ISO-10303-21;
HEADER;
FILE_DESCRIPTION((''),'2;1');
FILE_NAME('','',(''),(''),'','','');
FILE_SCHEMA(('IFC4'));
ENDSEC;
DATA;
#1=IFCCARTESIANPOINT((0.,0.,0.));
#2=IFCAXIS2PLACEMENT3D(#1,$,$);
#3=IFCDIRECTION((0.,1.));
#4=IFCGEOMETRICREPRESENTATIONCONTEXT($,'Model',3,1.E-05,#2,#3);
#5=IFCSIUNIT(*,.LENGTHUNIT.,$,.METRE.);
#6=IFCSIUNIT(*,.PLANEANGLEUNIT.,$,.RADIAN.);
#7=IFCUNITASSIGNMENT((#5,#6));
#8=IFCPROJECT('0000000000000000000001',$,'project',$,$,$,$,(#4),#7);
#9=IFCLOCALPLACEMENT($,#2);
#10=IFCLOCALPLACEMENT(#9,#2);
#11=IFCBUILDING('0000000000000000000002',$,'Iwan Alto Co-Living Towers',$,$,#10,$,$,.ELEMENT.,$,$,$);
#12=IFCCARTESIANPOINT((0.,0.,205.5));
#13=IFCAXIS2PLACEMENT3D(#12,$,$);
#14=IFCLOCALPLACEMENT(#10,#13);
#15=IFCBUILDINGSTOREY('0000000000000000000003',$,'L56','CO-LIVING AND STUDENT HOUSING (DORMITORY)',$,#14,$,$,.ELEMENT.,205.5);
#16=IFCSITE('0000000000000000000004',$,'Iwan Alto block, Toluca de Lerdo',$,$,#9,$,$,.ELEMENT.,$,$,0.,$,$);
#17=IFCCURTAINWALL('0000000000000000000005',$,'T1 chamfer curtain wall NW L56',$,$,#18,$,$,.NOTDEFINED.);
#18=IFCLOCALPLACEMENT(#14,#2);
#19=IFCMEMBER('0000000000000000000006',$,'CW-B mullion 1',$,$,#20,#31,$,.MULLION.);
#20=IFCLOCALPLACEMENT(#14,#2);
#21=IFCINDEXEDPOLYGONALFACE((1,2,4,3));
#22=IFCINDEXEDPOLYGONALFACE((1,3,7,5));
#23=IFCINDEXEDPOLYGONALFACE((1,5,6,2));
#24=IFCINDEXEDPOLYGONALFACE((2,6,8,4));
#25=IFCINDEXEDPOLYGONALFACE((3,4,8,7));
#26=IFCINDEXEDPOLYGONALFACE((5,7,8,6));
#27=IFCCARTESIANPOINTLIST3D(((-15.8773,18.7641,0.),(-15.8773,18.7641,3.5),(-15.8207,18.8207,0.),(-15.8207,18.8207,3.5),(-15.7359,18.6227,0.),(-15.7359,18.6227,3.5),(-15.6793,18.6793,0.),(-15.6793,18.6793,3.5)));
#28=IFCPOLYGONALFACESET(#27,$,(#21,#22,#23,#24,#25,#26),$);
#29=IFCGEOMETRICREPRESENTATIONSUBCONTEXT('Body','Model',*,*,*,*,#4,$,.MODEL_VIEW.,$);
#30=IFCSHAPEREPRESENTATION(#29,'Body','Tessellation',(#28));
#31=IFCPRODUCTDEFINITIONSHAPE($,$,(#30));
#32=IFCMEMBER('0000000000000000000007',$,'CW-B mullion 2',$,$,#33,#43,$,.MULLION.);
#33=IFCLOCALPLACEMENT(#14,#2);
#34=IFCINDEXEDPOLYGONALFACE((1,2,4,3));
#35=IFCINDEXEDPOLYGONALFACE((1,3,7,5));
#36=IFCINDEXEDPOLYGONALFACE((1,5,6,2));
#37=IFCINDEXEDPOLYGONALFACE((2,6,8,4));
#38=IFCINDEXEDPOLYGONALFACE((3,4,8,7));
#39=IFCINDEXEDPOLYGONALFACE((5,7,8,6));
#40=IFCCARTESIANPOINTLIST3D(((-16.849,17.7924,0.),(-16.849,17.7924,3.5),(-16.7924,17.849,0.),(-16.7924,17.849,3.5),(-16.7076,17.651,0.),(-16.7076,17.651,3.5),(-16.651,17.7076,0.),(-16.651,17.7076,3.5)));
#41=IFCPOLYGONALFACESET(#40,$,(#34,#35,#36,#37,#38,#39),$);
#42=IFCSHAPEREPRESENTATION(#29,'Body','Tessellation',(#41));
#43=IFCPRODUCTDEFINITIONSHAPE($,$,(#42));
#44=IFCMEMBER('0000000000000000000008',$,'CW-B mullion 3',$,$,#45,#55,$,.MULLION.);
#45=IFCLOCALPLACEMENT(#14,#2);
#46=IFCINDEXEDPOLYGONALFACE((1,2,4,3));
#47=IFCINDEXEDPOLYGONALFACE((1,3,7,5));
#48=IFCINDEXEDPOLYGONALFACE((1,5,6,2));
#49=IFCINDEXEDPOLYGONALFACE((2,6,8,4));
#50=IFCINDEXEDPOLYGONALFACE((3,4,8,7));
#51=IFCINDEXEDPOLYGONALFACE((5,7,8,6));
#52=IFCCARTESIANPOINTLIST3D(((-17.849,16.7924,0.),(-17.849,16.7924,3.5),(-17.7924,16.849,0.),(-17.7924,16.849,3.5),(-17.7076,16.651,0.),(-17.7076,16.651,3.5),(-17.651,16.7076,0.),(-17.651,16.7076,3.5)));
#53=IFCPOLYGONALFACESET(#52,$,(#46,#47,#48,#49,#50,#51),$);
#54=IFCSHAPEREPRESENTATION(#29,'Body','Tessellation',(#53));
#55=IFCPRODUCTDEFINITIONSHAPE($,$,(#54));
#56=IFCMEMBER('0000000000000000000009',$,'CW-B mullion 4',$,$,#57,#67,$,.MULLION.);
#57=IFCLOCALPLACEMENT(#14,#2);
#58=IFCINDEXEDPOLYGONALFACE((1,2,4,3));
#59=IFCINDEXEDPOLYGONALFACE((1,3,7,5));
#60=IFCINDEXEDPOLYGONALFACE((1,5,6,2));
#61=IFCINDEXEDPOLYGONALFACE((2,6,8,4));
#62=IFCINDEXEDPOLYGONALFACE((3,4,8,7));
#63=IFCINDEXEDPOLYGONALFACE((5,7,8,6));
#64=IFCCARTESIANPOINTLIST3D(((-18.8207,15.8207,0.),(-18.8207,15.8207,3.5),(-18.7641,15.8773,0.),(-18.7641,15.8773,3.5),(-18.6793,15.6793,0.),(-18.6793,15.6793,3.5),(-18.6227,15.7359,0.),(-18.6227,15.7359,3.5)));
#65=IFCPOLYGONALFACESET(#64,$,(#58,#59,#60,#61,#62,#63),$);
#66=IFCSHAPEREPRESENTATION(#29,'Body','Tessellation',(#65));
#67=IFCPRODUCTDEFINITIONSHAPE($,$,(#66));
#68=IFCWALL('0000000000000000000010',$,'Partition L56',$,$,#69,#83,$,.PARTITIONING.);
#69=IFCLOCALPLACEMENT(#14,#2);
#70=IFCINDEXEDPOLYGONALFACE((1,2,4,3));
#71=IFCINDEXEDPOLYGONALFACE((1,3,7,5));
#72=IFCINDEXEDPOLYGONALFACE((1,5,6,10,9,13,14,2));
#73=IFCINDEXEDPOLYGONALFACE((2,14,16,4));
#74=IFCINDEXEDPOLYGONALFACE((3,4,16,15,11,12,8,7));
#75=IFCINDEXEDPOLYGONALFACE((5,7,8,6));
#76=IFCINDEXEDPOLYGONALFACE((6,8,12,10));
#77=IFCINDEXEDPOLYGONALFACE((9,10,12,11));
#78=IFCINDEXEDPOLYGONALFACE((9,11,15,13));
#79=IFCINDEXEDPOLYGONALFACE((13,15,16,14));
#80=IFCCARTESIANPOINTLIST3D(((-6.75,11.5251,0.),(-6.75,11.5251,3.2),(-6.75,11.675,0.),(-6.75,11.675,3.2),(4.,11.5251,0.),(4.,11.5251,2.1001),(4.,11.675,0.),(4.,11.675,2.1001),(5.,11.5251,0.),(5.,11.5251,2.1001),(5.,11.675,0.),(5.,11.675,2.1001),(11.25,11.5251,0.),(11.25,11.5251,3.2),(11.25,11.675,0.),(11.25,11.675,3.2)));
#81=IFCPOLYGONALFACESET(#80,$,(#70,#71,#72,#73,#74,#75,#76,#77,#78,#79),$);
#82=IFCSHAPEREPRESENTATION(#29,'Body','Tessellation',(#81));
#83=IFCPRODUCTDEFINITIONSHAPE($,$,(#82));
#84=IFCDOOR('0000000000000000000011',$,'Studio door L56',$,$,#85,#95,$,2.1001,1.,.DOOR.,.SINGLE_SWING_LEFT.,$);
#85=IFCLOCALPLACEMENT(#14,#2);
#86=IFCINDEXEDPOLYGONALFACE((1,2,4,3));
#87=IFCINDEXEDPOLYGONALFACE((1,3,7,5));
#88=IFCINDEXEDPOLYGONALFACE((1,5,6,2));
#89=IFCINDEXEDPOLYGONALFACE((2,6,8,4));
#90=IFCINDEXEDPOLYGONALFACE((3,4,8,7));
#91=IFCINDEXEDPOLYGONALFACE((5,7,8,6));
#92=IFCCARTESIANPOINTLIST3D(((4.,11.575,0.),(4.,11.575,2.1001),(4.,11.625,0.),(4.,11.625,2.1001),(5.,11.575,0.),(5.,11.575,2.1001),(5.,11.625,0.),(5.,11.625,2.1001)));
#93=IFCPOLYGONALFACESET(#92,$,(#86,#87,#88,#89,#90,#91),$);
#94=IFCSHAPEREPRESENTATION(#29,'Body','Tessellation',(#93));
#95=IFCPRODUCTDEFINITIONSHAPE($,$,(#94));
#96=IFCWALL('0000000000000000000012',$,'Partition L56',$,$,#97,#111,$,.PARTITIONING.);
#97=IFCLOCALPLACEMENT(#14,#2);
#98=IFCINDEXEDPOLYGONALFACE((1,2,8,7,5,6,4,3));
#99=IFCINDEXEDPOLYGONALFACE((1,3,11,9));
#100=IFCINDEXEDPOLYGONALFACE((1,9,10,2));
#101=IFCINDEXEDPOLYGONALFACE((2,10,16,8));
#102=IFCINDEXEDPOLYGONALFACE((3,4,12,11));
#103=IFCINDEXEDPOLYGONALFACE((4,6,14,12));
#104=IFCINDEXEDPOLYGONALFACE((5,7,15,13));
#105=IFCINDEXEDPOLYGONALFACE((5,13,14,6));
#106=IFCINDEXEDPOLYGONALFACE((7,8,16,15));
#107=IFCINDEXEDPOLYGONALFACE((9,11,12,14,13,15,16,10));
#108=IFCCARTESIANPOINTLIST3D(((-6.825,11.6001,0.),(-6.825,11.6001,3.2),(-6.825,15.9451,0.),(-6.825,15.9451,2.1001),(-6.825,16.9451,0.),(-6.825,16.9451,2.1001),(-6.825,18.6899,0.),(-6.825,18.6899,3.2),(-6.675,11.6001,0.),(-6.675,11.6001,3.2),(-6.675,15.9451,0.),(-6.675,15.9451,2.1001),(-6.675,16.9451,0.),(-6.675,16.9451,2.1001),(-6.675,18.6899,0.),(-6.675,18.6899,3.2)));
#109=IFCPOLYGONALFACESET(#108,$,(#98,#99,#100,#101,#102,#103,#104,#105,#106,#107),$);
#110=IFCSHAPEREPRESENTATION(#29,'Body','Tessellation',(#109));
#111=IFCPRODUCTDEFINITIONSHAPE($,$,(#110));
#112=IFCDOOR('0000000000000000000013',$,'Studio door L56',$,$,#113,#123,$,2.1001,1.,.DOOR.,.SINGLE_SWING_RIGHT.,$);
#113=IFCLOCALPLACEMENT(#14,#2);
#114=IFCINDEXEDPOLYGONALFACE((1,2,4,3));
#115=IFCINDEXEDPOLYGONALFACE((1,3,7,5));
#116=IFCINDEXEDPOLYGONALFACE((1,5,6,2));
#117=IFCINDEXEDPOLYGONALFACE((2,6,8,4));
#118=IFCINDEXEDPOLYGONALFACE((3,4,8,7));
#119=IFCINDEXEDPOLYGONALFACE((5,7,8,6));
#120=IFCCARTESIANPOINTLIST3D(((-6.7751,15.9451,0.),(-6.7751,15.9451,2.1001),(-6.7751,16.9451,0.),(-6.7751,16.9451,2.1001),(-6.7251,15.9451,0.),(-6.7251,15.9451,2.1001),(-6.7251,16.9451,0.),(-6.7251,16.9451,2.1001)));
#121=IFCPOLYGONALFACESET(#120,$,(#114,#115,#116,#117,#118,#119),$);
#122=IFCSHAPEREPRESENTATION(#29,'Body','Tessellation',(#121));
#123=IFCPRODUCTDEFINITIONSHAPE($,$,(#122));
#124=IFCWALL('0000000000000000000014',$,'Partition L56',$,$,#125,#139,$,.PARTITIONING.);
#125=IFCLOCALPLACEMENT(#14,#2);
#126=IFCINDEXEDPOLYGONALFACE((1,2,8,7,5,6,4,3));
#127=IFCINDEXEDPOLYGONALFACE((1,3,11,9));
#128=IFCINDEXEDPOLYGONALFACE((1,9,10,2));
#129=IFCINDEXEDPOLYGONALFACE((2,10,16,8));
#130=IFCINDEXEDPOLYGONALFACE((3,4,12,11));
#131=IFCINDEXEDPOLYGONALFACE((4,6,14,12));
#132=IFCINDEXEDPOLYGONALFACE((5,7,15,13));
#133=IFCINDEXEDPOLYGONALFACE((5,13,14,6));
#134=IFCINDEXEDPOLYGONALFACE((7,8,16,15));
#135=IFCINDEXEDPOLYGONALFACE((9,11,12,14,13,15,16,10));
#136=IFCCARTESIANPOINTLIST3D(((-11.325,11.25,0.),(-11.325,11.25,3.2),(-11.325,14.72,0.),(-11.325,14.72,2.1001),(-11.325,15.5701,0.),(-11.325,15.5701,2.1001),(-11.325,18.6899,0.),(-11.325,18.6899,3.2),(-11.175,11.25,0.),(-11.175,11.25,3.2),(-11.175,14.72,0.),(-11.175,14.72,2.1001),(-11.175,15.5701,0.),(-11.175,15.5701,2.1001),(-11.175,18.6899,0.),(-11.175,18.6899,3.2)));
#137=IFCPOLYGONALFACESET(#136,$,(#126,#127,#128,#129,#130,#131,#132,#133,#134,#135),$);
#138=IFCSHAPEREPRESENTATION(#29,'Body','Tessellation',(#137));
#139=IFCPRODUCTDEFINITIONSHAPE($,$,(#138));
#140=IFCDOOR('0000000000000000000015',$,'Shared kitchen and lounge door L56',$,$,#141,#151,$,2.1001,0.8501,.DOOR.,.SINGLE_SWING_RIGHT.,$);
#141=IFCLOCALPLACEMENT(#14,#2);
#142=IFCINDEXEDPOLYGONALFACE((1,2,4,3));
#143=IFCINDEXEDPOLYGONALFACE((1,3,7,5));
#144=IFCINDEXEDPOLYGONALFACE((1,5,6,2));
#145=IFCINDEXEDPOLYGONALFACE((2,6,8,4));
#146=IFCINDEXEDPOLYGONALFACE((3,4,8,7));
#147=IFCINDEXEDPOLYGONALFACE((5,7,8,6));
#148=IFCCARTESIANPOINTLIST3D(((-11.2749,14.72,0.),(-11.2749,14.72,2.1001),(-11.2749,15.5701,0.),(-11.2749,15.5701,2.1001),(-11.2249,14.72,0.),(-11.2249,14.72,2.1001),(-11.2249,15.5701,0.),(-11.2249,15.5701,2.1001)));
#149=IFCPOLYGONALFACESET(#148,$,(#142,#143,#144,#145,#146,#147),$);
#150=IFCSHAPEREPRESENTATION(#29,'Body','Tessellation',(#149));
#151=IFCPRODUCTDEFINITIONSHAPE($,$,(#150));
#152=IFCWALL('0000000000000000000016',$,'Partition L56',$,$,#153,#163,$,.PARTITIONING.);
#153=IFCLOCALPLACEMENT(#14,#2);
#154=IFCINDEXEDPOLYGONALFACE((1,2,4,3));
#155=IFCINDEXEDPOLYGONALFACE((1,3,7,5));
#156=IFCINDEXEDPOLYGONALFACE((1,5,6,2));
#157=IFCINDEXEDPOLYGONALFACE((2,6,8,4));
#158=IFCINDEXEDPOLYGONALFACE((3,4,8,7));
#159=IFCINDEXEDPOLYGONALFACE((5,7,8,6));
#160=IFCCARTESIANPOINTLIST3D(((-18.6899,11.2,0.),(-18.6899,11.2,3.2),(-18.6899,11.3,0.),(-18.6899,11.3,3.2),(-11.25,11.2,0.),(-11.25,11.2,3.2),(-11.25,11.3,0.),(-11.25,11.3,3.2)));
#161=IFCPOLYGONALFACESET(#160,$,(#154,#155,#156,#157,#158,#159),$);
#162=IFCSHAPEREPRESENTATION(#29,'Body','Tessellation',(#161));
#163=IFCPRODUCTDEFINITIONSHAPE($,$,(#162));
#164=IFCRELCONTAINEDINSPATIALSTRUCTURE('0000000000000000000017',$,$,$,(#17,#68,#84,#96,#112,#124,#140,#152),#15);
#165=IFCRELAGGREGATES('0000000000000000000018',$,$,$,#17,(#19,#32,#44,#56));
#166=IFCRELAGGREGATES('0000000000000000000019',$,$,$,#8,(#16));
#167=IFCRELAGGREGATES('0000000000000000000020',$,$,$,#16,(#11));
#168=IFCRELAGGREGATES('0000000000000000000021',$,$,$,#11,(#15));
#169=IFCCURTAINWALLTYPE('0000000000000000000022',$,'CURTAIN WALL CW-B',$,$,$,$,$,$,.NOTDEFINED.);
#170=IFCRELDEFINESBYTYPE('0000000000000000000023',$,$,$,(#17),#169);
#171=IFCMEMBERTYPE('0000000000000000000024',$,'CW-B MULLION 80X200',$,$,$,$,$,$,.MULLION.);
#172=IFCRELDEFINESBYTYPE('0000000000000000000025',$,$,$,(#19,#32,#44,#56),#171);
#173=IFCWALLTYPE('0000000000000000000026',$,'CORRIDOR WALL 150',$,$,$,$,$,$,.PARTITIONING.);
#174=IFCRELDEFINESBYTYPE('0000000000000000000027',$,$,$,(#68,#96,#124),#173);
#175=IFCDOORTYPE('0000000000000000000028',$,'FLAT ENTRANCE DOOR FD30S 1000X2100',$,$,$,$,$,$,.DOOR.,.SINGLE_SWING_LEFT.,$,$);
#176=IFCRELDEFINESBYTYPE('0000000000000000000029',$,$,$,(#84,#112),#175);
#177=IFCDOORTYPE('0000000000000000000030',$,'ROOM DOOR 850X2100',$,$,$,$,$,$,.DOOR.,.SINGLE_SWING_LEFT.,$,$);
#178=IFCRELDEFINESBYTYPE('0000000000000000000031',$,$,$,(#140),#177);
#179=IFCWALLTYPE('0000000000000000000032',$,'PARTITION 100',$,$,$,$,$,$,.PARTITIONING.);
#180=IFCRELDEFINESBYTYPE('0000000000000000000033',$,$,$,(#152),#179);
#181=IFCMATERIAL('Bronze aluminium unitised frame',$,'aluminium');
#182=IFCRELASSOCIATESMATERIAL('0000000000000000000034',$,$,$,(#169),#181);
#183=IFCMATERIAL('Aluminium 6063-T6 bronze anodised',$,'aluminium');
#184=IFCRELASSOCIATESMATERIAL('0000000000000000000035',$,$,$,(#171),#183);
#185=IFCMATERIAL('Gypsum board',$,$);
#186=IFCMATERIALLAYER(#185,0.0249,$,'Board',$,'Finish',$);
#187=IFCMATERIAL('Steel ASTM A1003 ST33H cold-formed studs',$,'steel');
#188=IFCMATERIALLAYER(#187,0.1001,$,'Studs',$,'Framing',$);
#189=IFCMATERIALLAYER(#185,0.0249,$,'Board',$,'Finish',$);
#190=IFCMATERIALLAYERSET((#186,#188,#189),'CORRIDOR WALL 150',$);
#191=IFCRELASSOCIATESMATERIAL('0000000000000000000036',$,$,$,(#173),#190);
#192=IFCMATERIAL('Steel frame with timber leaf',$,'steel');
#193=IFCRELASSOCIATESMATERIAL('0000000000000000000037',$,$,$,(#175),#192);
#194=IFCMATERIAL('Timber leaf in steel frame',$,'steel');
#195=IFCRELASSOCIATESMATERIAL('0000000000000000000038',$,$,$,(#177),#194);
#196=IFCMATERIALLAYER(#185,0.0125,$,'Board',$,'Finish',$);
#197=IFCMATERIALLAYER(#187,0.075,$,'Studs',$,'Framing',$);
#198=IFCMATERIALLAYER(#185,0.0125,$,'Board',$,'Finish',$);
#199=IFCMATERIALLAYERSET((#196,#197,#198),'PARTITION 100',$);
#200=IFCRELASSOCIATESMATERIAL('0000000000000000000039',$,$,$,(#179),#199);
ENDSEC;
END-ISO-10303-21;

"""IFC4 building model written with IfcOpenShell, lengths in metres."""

from ifc_helpers import new_model, si_unit, direction, frame, frame_2d, origin, origin_2d, place, context, subcontext, project, spatial, rectangle, extrude, material, layer, layer_set, material_profile, profile_set, type_object, element, fill, aggregate, save


model = new_model("IFC4")

# Units and contexts
model_context = context("Model", 3, precision=1e-05, world=origin(), true_north=direction((0.0, 1.0)))
body_context = subcontext(model_context, "Body", "Model", "MODEL_VIEW")
ifc_project = project(units=[si_unit("LENGTHUNIT", "METRE"), si_unit("PLANEANGLEUNIT", "RADIAN")], contexts=[model_context])

# Site, building, storey
site_placement = place(None, origin())
site = spatial("IfcSite", under=ifc_project, at=site_placement, Name="Iwan Alto block, Toluca de Lerdo", CompositionType="ELEMENT", RefElevation=0.0)
building_placement = place(site_placement, origin())
building = spatial("IfcBuilding", under=site, at=building_placement, Name="Iwan Alto Co-Living Towers", CompositionType="ELEMENT")
storey_placement = place(building_placement, frame((0.0, 0.0, 205.5)))
storey = spatial("IfcBuildingStorey", under=building, at=storey_placement, Name="L56", Description="CO-LIVING AND STUDENT HOUSING (DORMITORY)", CompositionType="ELEMENT", Elevation=205.5)

# Curtain wall, members
ifc_material_1 = material(Name="Bronze aluminium unitised frame", Category="aluminium")
curtain_wall_type = type_object("IfcCurtainWallType", Name="CURTAIN WALL CW-B", PredefinedType="NOTDEFINED", material=ifc_material_1)
curtain_wall_placement = place(storey_placement, origin())
curtain_wall = element("IfcCurtainWall", 1, at=curtain_wall_placement, inside=storey, type_object=curtain_wall_type, Name="T1 chamfer curtain wall NW L56", PredefinedType="NOTDEFINED")
ifc_material_2 = material(Name="Aluminium 6063-T6 bronze anodised", Category="aluminium")
ifc_material_profile = material_profile(ifc_material_2, rectangle(XDim=0.2, YDim=0.0801, at=origin_2d()), Name="AL 80X200")
ifc_profile_set = profile_set([ifc_material_profile], Name="Aluminium 6063-T6 bronze anodised")
member_type = type_object("IfcMemberType", Name="CW-B MULLION 80X200", PredefinedType="MULLION", material=ifc_profile_set)
member_1_placement = place(storey_placement, frame((-15.7783, 18.7217, 0.0), z_axis=(0.0, 0.0, 1.0), x_axis=(0.707107, -0.707107, 0.0)))
member_1 = element("IfcMember", 2, at=member_1_placement, type_object=member_type, Name="CW-B mullion 1", PredefinedType="MULLION", context=body_context, shape_type="SweptSolid", body=[
    extrude(rectangle(XDim=0.2, YDim=0.0801, at=origin_2d()), origin(), (0.0, 0.0, 1.0), 3.5),
])
member_2_placement = place(storey_placement, frame((-16.75, 17.75, 0.0), z_axis=(0.0, 0.0, 1.0), x_axis=(0.707107, -0.707107, 0.0)))
member_2 = element("IfcMember", 3, at=member_2_placement, type_object=member_type, Name="CW-B mullion 2", PredefinedType="MULLION", context=body_context, shape_type="SweptSolid", body=[
    extrude(rectangle(XDim=0.2, YDim=0.0801, at=origin_2d()), origin(), (0.0, 0.0, 1.0), 3.5),
])
member_3_placement = place(storey_placement, frame((-17.75, 16.75, 0.0), z_axis=(0.0, 0.0, 1.0), x_axis=(0.707107, -0.707107, 0.0)))
member_3 = element("IfcMember", 4, at=member_3_placement, type_object=member_type, Name="CW-B mullion 3", PredefinedType="MULLION", context=body_context, shape_type="SweptSolid", body=[
    extrude(rectangle(XDim=0.2, YDim=0.0801, at=origin_2d()), origin(), (0.0, 0.0, 1.0), 3.5),
])
member_4_placement = place(storey_placement, frame((-18.7217, 15.7783, 0.0), z_axis=(0.0, 0.0, 1.0), x_axis=(0.707107, -0.707107, 0.0)))
member_4 = element("IfcMember", 5, at=member_4_placement, type_object=member_type, Name="CW-B mullion 4", PredefinedType="MULLION", context=body_context, shape_type="SweptSolid", body=[
    extrude(rectangle(XDim=0.2, YDim=0.0801, at=origin_2d()), origin(), (0.0, 0.0, 1.0), 3.5),
])
aggregate(curtain_wall, [member_1, member_2, member_3, member_4])

# Walls, openings, doors
ifc_material_3 = material(Name="Gypsum board")
ifc_layer_1 = layer(ifc_material_3, 0.0249, Name="Board", Category="Finish")
ifc_material_4 = material(Name="Steel ASTM A1003 ST33H cold-formed studs", Category="steel")
ifc_layer_2 = layer(ifc_material_4, 0.1001, Name="Studs", Category="Framing")
ifc_layer_3 = layer(ifc_material_3, 0.0249, Name="Board", Category="Finish")
ifc_layer_set_1 = layer_set([ifc_layer_1, ifc_layer_2, ifc_layer_3], Name="CORRIDOR WALL 150")
wall_type_1 = type_object("IfcWallType", Name="CORRIDOR WALL 150", PredefinedType="PARTITIONING", material=ifc_layer_set_1)
wall_1_placement = place(storey_placement, frame((-6.75, 11.6001, 0.0), z_axis=(0.0, 0.0, 1.0), x_axis=(1.0, 0.0, 0.0)))
wall_1 = element("IfcWall", 6, at=wall_1_placement, inside=storey, type_object=wall_type_1, Name="Partition L56", PredefinedType="PARTITIONING", context=body_context, shape_type="SweptSolid", body=[
    extrude(rectangle(XDim=18.0, YDim=0.1499, at=frame_2d((9.0, 0.0))), origin(), (0.0, 0.0, 1.0), 3.2),
])
opening_1_placement = place(wall_1_placement, frame((10.75, 0.0, 0.0)))
opening_1 = element("IfcOpeningElement", 7, at=opening_1_placement, cuts=wall_1, PredefinedType="OPENING", context=body_context, shape_type="SweptSolid", body=[
    extrude(rectangle(XDim=1.0, YDim=2.1001, at=frame_2d((0.5, 1.05))), frame((0.0, 0.085, 0.0), z_axis=(0.0, -1.0, 0.0), x_axis=(1.0, 0.0, 0.0)), (0.0, 0.0, 1.0), 0.1699),
])
ifc_material_5 = material(Name="Steel frame with timber leaf", Category="steel")
door_type_1 = type_object("IfcDoorType", Name="FLAT ENTRANCE DOOR FD30S 1000X2100", OperationType="SINGLE_SWING_LEFT", PredefinedType="DOOR", material=ifc_material_5)
door_1_placement = place(opening_1_placement, origin())
door_1 = element("IfcDoor", 8, at=door_1_placement, inside=storey, type_object=door_type_1, Name="Studio door L56", OperationType="SINGLE_SWING_LEFT", OverallHeight=2.1001, OverallWidth=1.0, PredefinedType="DOOR", context=body_context, shape_type="SweptSolid", body=[
    extrude(rectangle(XDim=1.0, YDim=2.1001, at=frame_2d((0.5, 1.05))), frame((0.0, 0.0249, 0.0), z_axis=(0.0, -1.0, 0.0), x_axis=(1.0, 0.0, 0.0)), (0.0, 0.0, 1.0), 0.05),
])
fill(opening_1, door_1)
wall_2_placement = place(storey_placement, frame((-6.75, 11.6001, 0.0), z_axis=(0.0, 0.0, 1.0), x_axis=(0.0, 1.0, 0.0)))
wall_2 = element("IfcWall", 9, at=wall_2_placement, inside=storey, type_object=wall_type_1, Name="Partition L56", PredefinedType="PARTITIONING", context=body_context, shape_type="SweptSolid", body=[
    extrude(rectangle(XDim=7.0898, YDim=0.1499, at=frame_2d((3.5449, 0.0))), origin(), (0.0, 0.0, 1.0), 3.2),
])
opening_2_placement = place(wall_2_placement, frame((4.345, 0.0, 0.0)))
opening_2 = element("IfcOpeningElement", 10, at=opening_2_placement, cuts=wall_2, PredefinedType="OPENING", context=body_context, shape_type="SweptSolid", body=[
    extrude(rectangle(XDim=1.0, YDim=2.1001, at=frame_2d((0.5, 1.05))), frame((0.0, 0.085, 0.0), z_axis=(0.0, -1.0, 0.0), x_axis=(1.0, 0.0, 0.0)), (0.0, 0.0, 1.0), 0.1699),
])
door_2_placement = place(opening_2_placement, frame((1.0, 0.0, 0.0), z_axis=(0.0, 0.0, 1.0), x_axis=(-1.0, 0.0, 0.0)))
door_2 = element("IfcDoor", 11, at=door_2_placement, inside=storey, type_object=door_type_1, Name="Studio door L56", OperationType="SINGLE_SWING_RIGHT", OverallHeight=2.1001, OverallWidth=1.0, PredefinedType="DOOR", context=body_context, shape_type="SweptSolid", body=[
    extrude(rectangle(XDim=1.0, YDim=2.1001, at=frame_2d((0.5, 1.05))), frame((0.0, 0.0249, 0.0), z_axis=(0.0, -1.0, 0.0), x_axis=(1.0, 0.0, 0.0)), (0.0, 0.0, 1.0), 0.05),
])
fill(opening_2, door_2)
wall_3_placement = place(storey_placement, frame((-11.25, 11.25, 0.0), z_axis=(0.0, 0.0, 1.0), x_axis=(0.0, 1.0, 0.0)))
wall_3 = element("IfcWall", 12, at=wall_3_placement, inside=storey, type_object=wall_type_1, Name="Partition L56", PredefinedType="PARTITIONING", context=body_context, shape_type="SweptSolid", body=[
    extrude(rectangle(XDim=7.4399, YDim=0.1499, at=frame_2d((3.72, 0.0))), origin(), (0.0, 0.0, 1.0), 3.2),
])
opening_3_placement = place(wall_3_placement, frame((3.47, 0.0, 0.0)))
opening_3 = element("IfcOpeningElement", 13, at=opening_3_placement, cuts=wall_3, PredefinedType="OPENING", context=body_context, shape_type="SweptSolid", body=[
    extrude(rectangle(XDim=0.8501, YDim=2.1001, at=frame_2d((0.425, 1.05))), frame((0.0, 0.085, 0.0), z_axis=(0.0, -1.0, 0.0), x_axis=(1.0, 0.0, 0.0)), (0.0, 0.0, 1.0), 0.1699),
])
ifc_material_6 = material(Name="Timber leaf in steel frame", Category="steel")
door_type_2 = type_object("IfcDoorType", Name="ROOM DOOR 850X2100", OperationType="SINGLE_SWING_LEFT", PredefinedType="DOOR", material=ifc_material_6)
door_3_placement = place(opening_3_placement, origin())
door_3 = element("IfcDoor", 14, at=door_3_placement, inside=storey, type_object=door_type_2, Name="Shared kitchen and lounge door L56", OperationType="SINGLE_SWING_RIGHT", OverallHeight=2.1001, OverallWidth=0.8501, PredefinedType="DOOR", context=body_context, shape_type="SweptSolid", body=[
    extrude(rectangle(XDim=0.8501, YDim=2.1001, at=frame_2d((0.425, 1.05))), frame((0.0, 0.0249, 0.0), z_axis=(0.0, -1.0, 0.0), x_axis=(1.0, 0.0, 0.0)), (0.0, 0.0, 1.0), 0.05),
])
fill(opening_3, door_3)

# Wall
ifc_layer_4 = layer(ifc_material_3, 0.0125, Name="Board", Category="Finish")
ifc_layer_5 = layer(ifc_material_4, 0.075, Name="Studs", Category="Framing")
ifc_layer_6 = layer(ifc_material_3, 0.0125, Name="Board", Category="Finish")
ifc_layer_set_2 = layer_set([ifc_layer_4, ifc_layer_5, ifc_layer_6], Name="PARTITION 100")
wall_type_2 = type_object("IfcWallType", Name="PARTITION 100", PredefinedType="PARTITIONING", material=ifc_layer_set_2)
wall_4_placement = place(storey_placement, frame((-18.6899, 11.25, 0.0), z_axis=(0.0, 0.0, 1.0), x_axis=(1.0, 0.0, 0.0)))
element("IfcWall", 15, at=wall_4_placement, inside=storey, type_object=wall_type_2, Name="Partition L56", PredefinedType="PARTITIONING", context=body_context, shape_type="SweptSolid", body=[
    extrude(rectangle(XDim=7.4399, YDim=0.1001, at=frame_2d((3.72, 0.0))), origin(), (0.0, 0.0, 1.0), 3.2),
])

save(model, "model.ifc")
